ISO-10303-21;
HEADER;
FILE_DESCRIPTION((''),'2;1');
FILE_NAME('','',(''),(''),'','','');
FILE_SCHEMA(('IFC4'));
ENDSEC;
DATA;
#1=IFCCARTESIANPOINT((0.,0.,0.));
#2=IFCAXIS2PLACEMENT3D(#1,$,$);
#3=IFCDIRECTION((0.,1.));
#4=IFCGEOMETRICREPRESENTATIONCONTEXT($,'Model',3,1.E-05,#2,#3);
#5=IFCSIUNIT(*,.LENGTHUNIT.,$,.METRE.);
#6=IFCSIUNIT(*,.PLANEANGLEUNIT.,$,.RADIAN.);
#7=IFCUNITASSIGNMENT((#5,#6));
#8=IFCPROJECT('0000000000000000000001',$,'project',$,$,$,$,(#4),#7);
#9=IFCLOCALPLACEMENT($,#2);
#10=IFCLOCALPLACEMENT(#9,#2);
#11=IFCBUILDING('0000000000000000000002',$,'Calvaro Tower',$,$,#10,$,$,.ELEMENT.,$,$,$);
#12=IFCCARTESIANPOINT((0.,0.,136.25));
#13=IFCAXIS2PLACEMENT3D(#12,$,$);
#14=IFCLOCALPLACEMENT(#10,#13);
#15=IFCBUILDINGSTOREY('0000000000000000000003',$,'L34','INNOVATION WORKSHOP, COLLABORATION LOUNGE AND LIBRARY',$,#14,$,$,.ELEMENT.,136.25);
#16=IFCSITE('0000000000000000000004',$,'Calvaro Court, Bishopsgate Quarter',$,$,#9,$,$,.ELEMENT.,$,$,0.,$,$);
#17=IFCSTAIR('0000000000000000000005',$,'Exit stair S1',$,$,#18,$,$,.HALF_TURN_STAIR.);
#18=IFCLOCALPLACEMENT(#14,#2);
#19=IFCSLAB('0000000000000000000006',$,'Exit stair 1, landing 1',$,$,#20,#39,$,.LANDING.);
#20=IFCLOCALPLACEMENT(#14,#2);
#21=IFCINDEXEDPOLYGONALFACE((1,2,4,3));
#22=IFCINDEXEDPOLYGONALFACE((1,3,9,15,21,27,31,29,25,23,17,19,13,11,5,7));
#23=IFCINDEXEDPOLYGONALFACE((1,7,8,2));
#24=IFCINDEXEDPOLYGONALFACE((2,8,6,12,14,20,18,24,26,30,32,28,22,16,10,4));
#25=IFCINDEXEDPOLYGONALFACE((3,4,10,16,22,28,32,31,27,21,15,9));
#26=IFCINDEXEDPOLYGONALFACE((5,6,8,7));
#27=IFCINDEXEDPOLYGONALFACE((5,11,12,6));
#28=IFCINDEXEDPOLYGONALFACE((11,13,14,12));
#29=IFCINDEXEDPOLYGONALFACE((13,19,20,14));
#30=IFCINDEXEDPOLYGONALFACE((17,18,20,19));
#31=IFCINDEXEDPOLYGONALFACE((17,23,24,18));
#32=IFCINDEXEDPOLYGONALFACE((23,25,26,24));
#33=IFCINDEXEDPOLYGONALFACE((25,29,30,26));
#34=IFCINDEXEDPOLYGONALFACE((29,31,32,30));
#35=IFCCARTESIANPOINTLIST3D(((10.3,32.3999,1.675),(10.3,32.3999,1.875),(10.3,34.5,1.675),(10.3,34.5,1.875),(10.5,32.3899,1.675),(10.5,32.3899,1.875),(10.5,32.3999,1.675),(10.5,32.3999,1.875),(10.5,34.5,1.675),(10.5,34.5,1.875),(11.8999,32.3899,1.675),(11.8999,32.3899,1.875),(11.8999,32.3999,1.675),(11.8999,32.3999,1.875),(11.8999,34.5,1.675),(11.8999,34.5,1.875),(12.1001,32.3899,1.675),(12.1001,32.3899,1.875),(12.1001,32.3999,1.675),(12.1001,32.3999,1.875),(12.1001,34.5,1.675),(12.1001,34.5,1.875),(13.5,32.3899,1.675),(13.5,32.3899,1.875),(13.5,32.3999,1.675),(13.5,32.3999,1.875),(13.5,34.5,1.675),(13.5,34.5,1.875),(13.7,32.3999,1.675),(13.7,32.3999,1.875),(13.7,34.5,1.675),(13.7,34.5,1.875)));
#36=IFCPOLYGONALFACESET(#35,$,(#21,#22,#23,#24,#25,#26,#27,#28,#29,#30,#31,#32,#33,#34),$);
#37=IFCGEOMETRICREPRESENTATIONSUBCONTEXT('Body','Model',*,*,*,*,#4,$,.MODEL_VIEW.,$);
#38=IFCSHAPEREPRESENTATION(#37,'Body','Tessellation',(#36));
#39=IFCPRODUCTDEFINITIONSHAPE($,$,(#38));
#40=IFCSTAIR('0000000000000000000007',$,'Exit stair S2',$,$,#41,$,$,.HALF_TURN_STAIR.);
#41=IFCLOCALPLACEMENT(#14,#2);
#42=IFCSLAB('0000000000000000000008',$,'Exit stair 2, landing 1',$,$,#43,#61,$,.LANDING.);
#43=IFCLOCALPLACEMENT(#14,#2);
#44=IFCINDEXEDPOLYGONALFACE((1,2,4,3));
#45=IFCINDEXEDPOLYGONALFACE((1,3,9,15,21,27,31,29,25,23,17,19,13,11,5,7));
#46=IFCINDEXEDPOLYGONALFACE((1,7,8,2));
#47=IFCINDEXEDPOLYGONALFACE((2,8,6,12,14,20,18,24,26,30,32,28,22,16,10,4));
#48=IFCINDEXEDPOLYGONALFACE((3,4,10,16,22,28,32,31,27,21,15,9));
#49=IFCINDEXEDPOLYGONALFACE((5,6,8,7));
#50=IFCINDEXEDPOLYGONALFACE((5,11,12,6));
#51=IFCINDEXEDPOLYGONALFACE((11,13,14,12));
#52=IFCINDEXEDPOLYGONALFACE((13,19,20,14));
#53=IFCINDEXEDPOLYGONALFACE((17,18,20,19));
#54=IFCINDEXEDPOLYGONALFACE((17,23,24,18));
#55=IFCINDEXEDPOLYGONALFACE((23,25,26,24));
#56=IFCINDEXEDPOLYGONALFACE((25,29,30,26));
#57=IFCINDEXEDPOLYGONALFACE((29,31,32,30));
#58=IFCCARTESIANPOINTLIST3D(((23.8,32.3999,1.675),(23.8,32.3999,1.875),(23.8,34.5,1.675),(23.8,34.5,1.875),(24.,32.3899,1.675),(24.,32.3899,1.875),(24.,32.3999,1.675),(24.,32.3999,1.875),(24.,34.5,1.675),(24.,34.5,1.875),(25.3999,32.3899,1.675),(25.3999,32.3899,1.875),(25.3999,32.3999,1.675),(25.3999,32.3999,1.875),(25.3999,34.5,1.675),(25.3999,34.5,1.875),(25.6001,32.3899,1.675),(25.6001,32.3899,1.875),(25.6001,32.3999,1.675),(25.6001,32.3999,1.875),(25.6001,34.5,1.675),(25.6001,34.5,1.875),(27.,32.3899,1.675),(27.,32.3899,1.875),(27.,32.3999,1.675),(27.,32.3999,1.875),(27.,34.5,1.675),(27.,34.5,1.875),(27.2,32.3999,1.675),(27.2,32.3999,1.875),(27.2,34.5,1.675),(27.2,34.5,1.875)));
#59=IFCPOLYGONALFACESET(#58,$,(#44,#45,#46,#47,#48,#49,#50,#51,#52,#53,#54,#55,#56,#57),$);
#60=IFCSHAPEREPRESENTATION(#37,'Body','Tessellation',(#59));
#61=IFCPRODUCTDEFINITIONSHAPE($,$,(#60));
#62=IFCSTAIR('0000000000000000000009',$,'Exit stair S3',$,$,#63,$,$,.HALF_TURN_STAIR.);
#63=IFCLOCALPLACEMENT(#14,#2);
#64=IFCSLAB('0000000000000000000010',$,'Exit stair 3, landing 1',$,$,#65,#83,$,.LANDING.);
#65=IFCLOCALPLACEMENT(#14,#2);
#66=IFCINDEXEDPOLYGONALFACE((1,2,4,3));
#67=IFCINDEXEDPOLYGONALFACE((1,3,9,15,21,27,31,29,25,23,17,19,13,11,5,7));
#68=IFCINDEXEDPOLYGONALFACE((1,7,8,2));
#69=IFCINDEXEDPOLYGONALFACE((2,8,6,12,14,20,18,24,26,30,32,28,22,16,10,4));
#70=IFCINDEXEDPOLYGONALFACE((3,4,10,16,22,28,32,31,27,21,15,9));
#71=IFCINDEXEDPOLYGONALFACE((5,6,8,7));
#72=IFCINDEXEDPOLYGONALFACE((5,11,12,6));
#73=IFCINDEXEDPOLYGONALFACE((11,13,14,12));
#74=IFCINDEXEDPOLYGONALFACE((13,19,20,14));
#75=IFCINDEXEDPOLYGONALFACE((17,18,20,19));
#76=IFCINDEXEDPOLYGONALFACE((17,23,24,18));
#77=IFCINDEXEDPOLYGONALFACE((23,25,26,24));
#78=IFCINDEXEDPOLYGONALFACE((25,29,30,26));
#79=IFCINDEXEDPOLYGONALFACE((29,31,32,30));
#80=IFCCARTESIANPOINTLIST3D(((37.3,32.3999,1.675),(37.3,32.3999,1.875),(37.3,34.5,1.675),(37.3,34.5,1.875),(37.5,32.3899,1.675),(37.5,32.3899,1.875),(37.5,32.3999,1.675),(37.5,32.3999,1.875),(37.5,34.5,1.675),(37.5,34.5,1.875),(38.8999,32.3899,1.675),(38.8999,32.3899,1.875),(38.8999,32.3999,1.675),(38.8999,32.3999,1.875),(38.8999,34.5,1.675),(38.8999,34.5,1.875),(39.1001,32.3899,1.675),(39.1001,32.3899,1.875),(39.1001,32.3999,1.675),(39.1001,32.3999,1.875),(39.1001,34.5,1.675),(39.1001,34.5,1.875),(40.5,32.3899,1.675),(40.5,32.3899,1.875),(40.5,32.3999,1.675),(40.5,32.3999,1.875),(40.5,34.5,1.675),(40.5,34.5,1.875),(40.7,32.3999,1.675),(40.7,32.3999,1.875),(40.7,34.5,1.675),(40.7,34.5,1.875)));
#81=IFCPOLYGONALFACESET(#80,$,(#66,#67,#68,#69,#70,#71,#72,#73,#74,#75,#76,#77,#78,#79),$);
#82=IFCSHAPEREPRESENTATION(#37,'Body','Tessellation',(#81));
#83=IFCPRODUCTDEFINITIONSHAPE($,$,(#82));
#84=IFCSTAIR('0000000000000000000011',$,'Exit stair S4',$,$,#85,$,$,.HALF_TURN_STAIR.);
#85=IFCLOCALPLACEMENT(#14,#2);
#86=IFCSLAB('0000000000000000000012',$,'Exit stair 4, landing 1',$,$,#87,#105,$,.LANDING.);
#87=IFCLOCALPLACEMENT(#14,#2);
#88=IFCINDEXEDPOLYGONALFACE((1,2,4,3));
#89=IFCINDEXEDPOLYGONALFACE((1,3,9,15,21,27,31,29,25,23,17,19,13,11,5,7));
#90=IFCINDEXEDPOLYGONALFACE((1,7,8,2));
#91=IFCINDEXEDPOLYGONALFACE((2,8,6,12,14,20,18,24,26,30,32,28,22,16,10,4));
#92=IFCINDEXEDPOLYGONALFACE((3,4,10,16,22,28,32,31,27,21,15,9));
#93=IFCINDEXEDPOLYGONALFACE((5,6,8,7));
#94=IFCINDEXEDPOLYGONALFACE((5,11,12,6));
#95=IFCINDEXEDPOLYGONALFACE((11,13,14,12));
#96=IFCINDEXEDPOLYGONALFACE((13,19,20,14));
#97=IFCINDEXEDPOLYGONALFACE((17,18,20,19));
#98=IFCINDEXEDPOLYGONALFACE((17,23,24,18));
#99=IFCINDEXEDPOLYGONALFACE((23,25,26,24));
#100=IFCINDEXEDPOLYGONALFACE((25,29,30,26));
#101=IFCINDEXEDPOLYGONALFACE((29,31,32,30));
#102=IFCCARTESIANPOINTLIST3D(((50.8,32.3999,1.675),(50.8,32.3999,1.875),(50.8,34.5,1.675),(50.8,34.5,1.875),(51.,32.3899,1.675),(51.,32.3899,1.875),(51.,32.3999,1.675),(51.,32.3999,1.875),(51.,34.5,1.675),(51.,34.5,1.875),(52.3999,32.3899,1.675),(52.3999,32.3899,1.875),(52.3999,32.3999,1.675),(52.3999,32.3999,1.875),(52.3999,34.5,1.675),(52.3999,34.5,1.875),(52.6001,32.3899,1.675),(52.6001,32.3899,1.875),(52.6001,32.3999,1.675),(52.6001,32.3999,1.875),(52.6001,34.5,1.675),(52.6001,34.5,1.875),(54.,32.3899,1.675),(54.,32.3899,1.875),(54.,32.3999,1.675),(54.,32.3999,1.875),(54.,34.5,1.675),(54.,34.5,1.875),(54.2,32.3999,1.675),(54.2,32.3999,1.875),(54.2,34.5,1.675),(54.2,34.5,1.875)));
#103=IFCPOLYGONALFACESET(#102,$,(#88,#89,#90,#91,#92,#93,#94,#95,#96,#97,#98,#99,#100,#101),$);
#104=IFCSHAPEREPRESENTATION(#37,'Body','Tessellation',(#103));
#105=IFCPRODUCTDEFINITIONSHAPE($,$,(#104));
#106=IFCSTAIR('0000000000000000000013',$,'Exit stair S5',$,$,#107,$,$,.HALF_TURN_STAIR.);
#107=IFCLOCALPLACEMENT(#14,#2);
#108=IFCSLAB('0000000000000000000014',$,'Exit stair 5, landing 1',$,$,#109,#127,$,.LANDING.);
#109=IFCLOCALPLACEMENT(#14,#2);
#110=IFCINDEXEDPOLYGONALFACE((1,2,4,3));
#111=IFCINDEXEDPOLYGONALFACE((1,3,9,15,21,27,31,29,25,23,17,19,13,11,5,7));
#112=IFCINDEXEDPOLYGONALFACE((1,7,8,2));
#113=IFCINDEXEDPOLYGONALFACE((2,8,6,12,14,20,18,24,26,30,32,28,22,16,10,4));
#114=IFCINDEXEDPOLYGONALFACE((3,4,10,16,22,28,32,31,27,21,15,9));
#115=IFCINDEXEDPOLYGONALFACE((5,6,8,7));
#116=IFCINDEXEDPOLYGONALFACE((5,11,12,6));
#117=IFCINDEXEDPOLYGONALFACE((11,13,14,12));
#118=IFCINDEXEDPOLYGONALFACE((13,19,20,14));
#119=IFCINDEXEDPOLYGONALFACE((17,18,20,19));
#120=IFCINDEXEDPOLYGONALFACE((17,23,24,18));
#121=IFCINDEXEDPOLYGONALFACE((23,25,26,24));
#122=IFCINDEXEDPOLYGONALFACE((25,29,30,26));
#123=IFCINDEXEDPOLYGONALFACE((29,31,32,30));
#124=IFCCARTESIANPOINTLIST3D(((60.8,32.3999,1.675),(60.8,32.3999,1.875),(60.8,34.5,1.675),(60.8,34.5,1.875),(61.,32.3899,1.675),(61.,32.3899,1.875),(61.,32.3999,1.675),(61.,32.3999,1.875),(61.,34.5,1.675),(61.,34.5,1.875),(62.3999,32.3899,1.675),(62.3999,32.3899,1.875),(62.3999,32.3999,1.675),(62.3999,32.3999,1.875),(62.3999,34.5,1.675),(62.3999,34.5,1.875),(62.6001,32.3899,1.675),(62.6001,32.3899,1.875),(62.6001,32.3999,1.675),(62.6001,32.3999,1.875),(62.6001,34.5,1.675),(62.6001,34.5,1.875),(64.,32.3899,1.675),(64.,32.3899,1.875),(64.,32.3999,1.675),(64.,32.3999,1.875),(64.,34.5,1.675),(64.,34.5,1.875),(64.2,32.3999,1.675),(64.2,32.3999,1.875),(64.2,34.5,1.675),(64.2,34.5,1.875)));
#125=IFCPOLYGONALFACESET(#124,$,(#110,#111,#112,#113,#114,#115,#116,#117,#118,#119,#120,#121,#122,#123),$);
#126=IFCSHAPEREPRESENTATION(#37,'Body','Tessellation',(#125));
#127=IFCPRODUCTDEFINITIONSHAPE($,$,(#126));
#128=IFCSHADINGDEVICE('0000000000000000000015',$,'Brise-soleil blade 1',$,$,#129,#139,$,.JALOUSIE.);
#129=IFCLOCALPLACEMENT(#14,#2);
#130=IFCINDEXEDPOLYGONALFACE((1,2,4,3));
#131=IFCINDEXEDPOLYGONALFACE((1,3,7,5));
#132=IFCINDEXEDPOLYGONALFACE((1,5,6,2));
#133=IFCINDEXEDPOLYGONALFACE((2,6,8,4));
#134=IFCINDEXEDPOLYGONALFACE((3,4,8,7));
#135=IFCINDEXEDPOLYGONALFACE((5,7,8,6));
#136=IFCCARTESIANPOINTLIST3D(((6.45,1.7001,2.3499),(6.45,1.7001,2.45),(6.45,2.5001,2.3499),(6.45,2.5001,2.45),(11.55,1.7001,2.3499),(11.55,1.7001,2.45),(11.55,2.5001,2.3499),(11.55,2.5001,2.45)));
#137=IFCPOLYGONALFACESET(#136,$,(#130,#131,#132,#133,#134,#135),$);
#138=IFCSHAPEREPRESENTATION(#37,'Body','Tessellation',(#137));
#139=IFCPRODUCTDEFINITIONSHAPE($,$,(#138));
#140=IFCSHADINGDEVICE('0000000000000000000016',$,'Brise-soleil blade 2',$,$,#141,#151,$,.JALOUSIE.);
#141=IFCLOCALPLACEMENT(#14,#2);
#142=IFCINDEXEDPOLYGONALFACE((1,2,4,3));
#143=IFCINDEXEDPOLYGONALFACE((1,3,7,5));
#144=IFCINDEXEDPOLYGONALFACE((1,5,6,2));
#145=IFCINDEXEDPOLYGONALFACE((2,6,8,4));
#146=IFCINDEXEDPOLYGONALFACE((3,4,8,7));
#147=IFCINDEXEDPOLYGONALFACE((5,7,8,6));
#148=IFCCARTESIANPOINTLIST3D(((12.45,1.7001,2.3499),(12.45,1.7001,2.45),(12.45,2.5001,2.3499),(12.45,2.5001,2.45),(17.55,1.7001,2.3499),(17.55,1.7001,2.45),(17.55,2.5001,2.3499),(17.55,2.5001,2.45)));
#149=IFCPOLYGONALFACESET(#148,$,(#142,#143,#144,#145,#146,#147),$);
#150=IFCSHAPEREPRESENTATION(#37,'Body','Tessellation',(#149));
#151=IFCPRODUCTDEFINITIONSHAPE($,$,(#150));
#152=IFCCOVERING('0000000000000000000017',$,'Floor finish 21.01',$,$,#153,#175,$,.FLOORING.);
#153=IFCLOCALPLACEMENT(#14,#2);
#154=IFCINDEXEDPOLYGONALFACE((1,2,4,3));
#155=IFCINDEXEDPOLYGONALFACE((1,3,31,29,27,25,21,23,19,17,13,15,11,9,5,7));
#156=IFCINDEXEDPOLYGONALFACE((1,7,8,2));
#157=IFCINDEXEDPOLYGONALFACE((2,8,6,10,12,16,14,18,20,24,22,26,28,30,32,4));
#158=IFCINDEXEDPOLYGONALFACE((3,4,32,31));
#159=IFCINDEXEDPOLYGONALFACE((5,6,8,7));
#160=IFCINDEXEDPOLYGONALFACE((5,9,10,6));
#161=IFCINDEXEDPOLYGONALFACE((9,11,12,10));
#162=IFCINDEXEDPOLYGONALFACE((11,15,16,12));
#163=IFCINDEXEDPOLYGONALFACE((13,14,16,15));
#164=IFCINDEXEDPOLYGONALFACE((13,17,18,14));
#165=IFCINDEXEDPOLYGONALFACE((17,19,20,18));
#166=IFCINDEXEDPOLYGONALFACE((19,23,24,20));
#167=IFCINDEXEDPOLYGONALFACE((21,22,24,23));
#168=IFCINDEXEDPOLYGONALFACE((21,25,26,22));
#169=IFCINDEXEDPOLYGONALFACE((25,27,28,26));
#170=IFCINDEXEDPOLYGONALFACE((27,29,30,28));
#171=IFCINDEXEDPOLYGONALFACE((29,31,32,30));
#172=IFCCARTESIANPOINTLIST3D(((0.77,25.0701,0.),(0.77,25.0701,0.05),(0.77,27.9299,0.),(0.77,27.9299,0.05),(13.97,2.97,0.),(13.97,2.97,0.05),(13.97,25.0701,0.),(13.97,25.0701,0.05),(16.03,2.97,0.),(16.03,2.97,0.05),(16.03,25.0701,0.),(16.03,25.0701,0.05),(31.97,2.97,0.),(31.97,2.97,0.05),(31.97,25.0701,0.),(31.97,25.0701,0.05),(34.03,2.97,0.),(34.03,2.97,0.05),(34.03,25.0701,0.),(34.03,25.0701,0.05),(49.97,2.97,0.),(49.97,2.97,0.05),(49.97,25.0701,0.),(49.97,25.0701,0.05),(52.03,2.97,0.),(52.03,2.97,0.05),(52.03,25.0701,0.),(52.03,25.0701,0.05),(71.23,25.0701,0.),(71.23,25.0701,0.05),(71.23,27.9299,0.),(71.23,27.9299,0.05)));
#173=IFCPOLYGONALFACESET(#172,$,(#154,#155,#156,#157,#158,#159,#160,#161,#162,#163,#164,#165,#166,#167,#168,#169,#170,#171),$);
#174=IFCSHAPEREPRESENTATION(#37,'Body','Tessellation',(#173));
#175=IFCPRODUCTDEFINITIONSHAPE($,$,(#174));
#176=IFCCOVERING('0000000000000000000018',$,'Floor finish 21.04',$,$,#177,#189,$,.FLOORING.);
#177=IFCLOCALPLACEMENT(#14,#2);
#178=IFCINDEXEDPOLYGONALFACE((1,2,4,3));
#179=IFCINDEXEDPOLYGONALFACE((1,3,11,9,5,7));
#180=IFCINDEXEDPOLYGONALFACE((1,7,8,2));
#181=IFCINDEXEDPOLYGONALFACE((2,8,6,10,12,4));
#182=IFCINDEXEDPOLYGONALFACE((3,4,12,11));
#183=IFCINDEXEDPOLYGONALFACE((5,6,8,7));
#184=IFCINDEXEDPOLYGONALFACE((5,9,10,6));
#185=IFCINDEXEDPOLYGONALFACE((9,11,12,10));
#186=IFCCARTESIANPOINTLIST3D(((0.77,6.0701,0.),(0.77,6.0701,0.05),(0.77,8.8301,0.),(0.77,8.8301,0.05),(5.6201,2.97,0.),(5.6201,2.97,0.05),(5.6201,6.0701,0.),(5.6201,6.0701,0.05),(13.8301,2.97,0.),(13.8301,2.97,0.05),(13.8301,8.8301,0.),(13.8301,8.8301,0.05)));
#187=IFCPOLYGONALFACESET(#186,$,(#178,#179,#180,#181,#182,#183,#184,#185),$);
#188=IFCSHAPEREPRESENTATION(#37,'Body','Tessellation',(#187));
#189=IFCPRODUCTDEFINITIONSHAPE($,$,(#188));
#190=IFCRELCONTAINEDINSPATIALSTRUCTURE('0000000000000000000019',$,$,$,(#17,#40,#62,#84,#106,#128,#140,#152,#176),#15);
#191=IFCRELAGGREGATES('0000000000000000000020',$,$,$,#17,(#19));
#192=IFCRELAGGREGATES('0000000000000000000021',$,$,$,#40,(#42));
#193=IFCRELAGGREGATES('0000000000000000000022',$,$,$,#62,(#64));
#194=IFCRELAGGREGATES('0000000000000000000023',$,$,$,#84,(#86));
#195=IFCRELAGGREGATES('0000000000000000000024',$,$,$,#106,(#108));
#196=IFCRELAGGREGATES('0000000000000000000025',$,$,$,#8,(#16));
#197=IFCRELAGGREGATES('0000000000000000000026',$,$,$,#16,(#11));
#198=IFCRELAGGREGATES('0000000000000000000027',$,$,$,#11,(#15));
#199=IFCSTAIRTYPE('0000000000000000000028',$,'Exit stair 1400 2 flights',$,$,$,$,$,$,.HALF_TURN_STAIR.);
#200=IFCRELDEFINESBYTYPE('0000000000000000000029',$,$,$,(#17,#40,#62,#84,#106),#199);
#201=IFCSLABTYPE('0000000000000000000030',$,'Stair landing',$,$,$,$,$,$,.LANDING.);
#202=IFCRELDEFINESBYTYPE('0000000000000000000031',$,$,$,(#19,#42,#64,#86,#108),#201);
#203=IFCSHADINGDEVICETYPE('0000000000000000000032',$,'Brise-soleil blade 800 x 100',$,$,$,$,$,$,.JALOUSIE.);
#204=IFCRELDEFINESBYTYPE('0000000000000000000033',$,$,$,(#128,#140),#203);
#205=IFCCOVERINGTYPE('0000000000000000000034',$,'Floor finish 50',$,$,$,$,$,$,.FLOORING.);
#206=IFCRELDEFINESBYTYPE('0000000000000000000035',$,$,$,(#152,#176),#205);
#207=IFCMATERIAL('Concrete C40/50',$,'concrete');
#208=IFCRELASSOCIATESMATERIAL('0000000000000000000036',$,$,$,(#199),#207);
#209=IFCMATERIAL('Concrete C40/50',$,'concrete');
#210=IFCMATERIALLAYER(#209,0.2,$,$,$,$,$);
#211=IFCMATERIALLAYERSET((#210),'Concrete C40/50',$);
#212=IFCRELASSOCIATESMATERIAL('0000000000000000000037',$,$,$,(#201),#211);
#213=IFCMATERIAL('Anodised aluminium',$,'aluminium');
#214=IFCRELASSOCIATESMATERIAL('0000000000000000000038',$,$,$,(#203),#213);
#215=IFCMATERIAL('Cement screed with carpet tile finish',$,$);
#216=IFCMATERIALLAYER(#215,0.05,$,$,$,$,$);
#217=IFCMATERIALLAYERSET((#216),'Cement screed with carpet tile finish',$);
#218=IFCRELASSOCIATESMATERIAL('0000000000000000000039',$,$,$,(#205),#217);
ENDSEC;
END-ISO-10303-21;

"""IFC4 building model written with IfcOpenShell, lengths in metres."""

from ifc_helpers import new_model, si_unit, direction, frame, origin, origin_2d, place, context, subcontext, project, spatial, polyline, rectangle, outline, extrude, material, layer, layer_set, material_profile, profile_set, type_object, element, aggregate, save


model = new_model("IFC4")

# Units and contexts
model_context = context("Model", 3, precision=1e-05, world=origin(), true_north=direction((0.0, 1.0)))
body_context = subcontext(model_context, "Body", "Model", "MODEL_VIEW")
ifc_project = project(units=[si_unit("LENGTHUNIT", "METRE"), si_unit("PLANEANGLEUNIT", "RADIAN")], contexts=[model_context])

# Site, building, storey
site_placement = place(None, origin())
site = spatial("IfcSite", under=ifc_project, at=site_placement, Name="Calvaro Court, Bishopsgate Quarter", CompositionType="ELEMENT", RefElevation=0.0)
building_placement = place(site_placement, origin())
building = spatial("IfcBuilding", under=site, at=building_placement, Name="Calvaro Tower", CompositionType="ELEMENT")
storey_placement = place(building_placement, frame((0.0, 0.0, 136.25)))
storey = spatial("IfcBuildingStorey", under=building, at=storey_placement, Name="L34", Description="INNOVATION WORKSHOP, COLLABORATION LOUNGE AND LIBRARY", CompositionType="ELEMENT", Elevation=136.25)

# Stairs, slabs
ifc_material_1 = material(Name="Concrete C40/50", Category="concrete")
stair_type = type_object("IfcStairType", Name="Exit stair 1400 2 flights", PredefinedType="HALF_TURN_STAIR", material=ifc_material_1)
stair_1_placement = place(storey_placement, origin())
stair_1 = element("IfcStair", 1, at=stair_1_placement, inside=storey, type_object=stair_type, Name="Exit stair S1", PredefinedType="HALF_TURN_STAIR")
ifc_material_2 = material(Name="Concrete C40/50", Category="concrete")
ifc_layer_1 = layer(ifc_material_2, 0.2)
ifc_layer_set_1 = layer_set([ifc_layer_1], Name="Concrete C40/50")
slab_type_1 = type_object("IfcSlabType", Name="Stair landing", PredefinedType="LANDING", material=ifc_layer_set_1)
slab_1_placement = place(storey_placement, frame((0.0, 0.0, 1.675)))
slab_1 = element("IfcSlab", 2, at=slab_1_placement, type_object=slab_type_1, Name="Exit stair 1, landing 1", PredefinedType="LANDING", context=body_context, shape_type="SweptSolid", body=[
    extrude(outline(polyline([(11.8999, 32.3899), (10.5, 32.3899), (10.5, 32.3999), (10.3, 32.3999), (10.3, 34.5), (10.5, 34.5), (11.8999, 34.5), (12.1001, 34.5), (13.5, 34.5), (13.7, 34.5), (13.7, 32.3999), (13.5, 32.3999), (13.5, 32.3899), (12.1001, 32.3899), (12.1001, 32.3999), (11.8999, 32.3999), (11.8999, 32.3899)])), origin(), (0.0, 0.0, 1.0), 0.2),
])
aggregate(stair_1, [slab_1])
stair_2_placement = place(storey_placement, origin())
stair_2 = element("IfcStair", 3, at=stair_2_placement, inside=storey, type_object=stair_type, Name="Exit stair S2", PredefinedType="HALF_TURN_STAIR")
slab_2_placement = place(storey_placement, frame((0.0, 0.0, 1.675)))
slab_2 = element("IfcSlab", 4, at=slab_2_placement, type_object=slab_type_1, Name="Exit stair 2, landing 1", PredefinedType="LANDING", context=body_context, shape_type="SweptSolid", body=[
    extrude(outline(polyline([(25.3999, 32.3899), (24.0, 32.3899), (24.0, 32.3999), (23.8, 32.3999), (23.8, 34.5), (24.0, 34.5), (25.3999, 34.5), (25.6001, 34.5), (27.0, 34.5), (27.2, 34.5), (27.2, 32.3999), (27.0, 32.3999), (27.0, 32.3899), (25.6001, 32.3899), (25.6001, 32.3999), (25.3999, 32.3999), (25.3999, 32.3899)])), origin(), (0.0, 0.0, 1.0), 0.2),
])
aggregate(stair_2, [slab_2])
stair_3_placement = place(storey_placement, origin())
stair_3 = element("IfcStair", 5, at=stair_3_placement, inside=storey, type_object=stair_type, Name="Exit stair S3", PredefinedType="HALF_TURN_STAIR")
slab_3_placement = place(storey_placement, frame((0.0, 0.0, 1.675)))
slab_3 = element("IfcSlab", 6, at=slab_3_placement, type_object=slab_type_1, Name="Exit stair 3, landing 1", PredefinedType="LANDING", context=body_context, shape_type="SweptSolid", body=[
    extrude(outline(polyline([(38.8999, 32.3899), (37.5, 32.3899), (37.5, 32.3999), (37.3, 32.3999), (37.3, 34.5), (37.5, 34.5), (38.8999, 34.5), (39.1001, 34.5), (40.5, 34.5), (40.7, 34.5), (40.7, 32.3999), (40.5, 32.3999), (40.5, 32.3899), (39.1001, 32.3899), (39.1001, 32.3999), (38.8999, 32.3999), (38.8999, 32.3899)])), origin(), (0.0, 0.0, 1.0), 0.2),
])
aggregate(stair_3, [slab_3])
stair_4_placement = place(storey_placement, origin())
stair_4 = element("IfcStair", 7, at=stair_4_placement, inside=storey, type_object=stair_type, Name="Exit stair S4", PredefinedType="HALF_TURN_STAIR")
slab_4_placement = place(storey_placement, frame((0.0, 0.0, 1.675)))
slab_4 = element("IfcSlab", 8, at=slab_4_placement, type_object=slab_type_1, Name="Exit stair 4, landing 1", PredefinedType="LANDING", context=body_context, shape_type="SweptSolid", body=[
    extrude(outline(polyline([(52.3999, 32.3899), (51.0, 32.3899), (51.0, 32.3999), (50.8, 32.3999), (50.8, 34.5), (51.0, 34.5), (52.3999, 34.5), (52.6001, 34.5), (54.0, 34.5), (54.2, 34.5), (54.2, 32.3999), (54.0, 32.3999), (54.0, 32.3899), (52.6001, 32.3899), (52.6001, 32.3999), (52.3999, 32.3999), (52.3999, 32.3899)])), origin(), (0.0, 0.0, 1.0), 0.2),
])
aggregate(stair_4, [slab_4])
stair_5_placement = place(storey_placement, origin())
stair_5 = element("IfcStair", 9, at=stair_5_placement, inside=storey, type_object=stair_type, Name="Exit stair S5", PredefinedType="HALF_TURN_STAIR")
slab_5_placement = place(storey_placement, frame((0.0, 0.0, 1.675)))
slab_5 = element("IfcSlab", 10, at=slab_5_placement, type_object=slab_type_1, Name="Exit stair 5, landing 1", PredefinedType="LANDING", context=body_context, shape_type="SweptSolid", body=[
    extrude(outline(polyline([(62.3999, 32.3899), (61.0, 32.3899), (61.0, 32.3999), (60.8, 32.3999), (60.8, 34.5), (61.0, 34.5), (62.3999, 34.5), (62.6001, 34.5), (64.0, 34.5), (64.2, 34.5), (64.2, 32.3999), (64.0, 32.3999), (64.0, 32.3899), (62.6001, 32.3899), (62.6001, 32.3999), (62.3999, 32.3999), (62.3999, 32.3899)])), origin(), (0.0, 0.0, 1.0), 0.2),
])
aggregate(stair_5, [slab_5])

# Shading devices
ifc_material_3 = material(Name="Anodised aluminium", Category="aluminium")
ifc_material_profile_1 = material_profile(ifc_material_3, rectangle(XDim=0.8, YDim=0.1001, at=origin_2d()), Name="Brise-soleil blade 800 x 100")
ifc_profile_set_1 = profile_set([ifc_material_profile_1], Name="Anodised aluminium")
shading_device_type = type_object("IfcShadingDeviceType", Name="Brise-soleil blade 800 x 100", PredefinedType="JALOUSIE", material=ifc_profile_set_1)
for number, where, z_axis, x_axis, name in (
    (11, (6.45, 2.1001, 2.3999), (1.0, 0.0, 0.0), (0.0, 1.0, 0.0), "Brise-soleil blade 1"),
    (12, (12.45, 2.1001, 2.3999), (1.0, 0.0, 0.0), (0.0, 1.0, 0.0), "Brise-soleil blade 2"),
):
    element("IfcShadingDevice", number, at=place(storey_placement, frame(where, z_axis=z_axis, x_axis=x_axis)), inside=storey, type_object=shading_device_type, Name=name, PredefinedType="JALOUSIE", context=body_context, shape_type="SweptSolid", body=[
        extrude(rectangle(XDim=0.8, YDim=0.1001, at=origin_2d()), origin(), (0.0, 0.0, 1.0), 5.1001),
    ])

# Coverings
ifc_material_4 = material(Name="Cement screed with carpet tile finish")
ifc_layer_2 = layer(ifc_material_4, 0.05)
ifc_layer_set_2 = layer_set([ifc_layer_2], Name="Cement screed with carpet tile finish")
covering_type = type_object("IfcCoveringType", Name="Floor finish 50", PredefinedType="FLOORING", material=ifc_layer_set_2)
covering_1_placement = place(storey_placement, origin())
element("IfcCovering", 13, at=covering_1_placement, inside=storey, type_object=covering_type, Name="Floor finish 21.01", PredefinedType="FLOORING", context=body_context, shape_type="SweptSolid", body=[
    extrude(outline(polyline([(0.77, 25.0701), (0.77, 27.9299), (71.23, 27.9299), (71.23, 25.0701), (52.03, 25.0701), (52.03, 2.97), (49.97, 2.97), (49.97, 25.0701), (34.03, 25.0701), (34.03, 2.97), (31.97, 2.97), (31.97, 25.0701), (16.03, 25.0701), (16.03, 2.97), (13.97, 2.97), (13.97, 25.0701), (0.77, 25.0701)])), origin(), (0.0, 0.0, 1.0), 0.05),
])
covering_2_placement = place(storey_placement, origin())
element("IfcCovering", 14, at=covering_2_placement, inside=storey, type_object=covering_type, Name="Floor finish 21.04", PredefinedType="FLOORING", context=body_context, shape_type="SweptSolid", body=[
    extrude(outline(polyline([(13.8301, 8.8301), (13.8301, 2.97), (5.6201, 2.97), (5.6201, 6.0701), (0.77, 6.0701), (0.77, 8.8301), (13.8301, 8.8301)])), origin(), (0.0, 0.0, 1.0), 0.05),
])

save(model, "model.ifc")
